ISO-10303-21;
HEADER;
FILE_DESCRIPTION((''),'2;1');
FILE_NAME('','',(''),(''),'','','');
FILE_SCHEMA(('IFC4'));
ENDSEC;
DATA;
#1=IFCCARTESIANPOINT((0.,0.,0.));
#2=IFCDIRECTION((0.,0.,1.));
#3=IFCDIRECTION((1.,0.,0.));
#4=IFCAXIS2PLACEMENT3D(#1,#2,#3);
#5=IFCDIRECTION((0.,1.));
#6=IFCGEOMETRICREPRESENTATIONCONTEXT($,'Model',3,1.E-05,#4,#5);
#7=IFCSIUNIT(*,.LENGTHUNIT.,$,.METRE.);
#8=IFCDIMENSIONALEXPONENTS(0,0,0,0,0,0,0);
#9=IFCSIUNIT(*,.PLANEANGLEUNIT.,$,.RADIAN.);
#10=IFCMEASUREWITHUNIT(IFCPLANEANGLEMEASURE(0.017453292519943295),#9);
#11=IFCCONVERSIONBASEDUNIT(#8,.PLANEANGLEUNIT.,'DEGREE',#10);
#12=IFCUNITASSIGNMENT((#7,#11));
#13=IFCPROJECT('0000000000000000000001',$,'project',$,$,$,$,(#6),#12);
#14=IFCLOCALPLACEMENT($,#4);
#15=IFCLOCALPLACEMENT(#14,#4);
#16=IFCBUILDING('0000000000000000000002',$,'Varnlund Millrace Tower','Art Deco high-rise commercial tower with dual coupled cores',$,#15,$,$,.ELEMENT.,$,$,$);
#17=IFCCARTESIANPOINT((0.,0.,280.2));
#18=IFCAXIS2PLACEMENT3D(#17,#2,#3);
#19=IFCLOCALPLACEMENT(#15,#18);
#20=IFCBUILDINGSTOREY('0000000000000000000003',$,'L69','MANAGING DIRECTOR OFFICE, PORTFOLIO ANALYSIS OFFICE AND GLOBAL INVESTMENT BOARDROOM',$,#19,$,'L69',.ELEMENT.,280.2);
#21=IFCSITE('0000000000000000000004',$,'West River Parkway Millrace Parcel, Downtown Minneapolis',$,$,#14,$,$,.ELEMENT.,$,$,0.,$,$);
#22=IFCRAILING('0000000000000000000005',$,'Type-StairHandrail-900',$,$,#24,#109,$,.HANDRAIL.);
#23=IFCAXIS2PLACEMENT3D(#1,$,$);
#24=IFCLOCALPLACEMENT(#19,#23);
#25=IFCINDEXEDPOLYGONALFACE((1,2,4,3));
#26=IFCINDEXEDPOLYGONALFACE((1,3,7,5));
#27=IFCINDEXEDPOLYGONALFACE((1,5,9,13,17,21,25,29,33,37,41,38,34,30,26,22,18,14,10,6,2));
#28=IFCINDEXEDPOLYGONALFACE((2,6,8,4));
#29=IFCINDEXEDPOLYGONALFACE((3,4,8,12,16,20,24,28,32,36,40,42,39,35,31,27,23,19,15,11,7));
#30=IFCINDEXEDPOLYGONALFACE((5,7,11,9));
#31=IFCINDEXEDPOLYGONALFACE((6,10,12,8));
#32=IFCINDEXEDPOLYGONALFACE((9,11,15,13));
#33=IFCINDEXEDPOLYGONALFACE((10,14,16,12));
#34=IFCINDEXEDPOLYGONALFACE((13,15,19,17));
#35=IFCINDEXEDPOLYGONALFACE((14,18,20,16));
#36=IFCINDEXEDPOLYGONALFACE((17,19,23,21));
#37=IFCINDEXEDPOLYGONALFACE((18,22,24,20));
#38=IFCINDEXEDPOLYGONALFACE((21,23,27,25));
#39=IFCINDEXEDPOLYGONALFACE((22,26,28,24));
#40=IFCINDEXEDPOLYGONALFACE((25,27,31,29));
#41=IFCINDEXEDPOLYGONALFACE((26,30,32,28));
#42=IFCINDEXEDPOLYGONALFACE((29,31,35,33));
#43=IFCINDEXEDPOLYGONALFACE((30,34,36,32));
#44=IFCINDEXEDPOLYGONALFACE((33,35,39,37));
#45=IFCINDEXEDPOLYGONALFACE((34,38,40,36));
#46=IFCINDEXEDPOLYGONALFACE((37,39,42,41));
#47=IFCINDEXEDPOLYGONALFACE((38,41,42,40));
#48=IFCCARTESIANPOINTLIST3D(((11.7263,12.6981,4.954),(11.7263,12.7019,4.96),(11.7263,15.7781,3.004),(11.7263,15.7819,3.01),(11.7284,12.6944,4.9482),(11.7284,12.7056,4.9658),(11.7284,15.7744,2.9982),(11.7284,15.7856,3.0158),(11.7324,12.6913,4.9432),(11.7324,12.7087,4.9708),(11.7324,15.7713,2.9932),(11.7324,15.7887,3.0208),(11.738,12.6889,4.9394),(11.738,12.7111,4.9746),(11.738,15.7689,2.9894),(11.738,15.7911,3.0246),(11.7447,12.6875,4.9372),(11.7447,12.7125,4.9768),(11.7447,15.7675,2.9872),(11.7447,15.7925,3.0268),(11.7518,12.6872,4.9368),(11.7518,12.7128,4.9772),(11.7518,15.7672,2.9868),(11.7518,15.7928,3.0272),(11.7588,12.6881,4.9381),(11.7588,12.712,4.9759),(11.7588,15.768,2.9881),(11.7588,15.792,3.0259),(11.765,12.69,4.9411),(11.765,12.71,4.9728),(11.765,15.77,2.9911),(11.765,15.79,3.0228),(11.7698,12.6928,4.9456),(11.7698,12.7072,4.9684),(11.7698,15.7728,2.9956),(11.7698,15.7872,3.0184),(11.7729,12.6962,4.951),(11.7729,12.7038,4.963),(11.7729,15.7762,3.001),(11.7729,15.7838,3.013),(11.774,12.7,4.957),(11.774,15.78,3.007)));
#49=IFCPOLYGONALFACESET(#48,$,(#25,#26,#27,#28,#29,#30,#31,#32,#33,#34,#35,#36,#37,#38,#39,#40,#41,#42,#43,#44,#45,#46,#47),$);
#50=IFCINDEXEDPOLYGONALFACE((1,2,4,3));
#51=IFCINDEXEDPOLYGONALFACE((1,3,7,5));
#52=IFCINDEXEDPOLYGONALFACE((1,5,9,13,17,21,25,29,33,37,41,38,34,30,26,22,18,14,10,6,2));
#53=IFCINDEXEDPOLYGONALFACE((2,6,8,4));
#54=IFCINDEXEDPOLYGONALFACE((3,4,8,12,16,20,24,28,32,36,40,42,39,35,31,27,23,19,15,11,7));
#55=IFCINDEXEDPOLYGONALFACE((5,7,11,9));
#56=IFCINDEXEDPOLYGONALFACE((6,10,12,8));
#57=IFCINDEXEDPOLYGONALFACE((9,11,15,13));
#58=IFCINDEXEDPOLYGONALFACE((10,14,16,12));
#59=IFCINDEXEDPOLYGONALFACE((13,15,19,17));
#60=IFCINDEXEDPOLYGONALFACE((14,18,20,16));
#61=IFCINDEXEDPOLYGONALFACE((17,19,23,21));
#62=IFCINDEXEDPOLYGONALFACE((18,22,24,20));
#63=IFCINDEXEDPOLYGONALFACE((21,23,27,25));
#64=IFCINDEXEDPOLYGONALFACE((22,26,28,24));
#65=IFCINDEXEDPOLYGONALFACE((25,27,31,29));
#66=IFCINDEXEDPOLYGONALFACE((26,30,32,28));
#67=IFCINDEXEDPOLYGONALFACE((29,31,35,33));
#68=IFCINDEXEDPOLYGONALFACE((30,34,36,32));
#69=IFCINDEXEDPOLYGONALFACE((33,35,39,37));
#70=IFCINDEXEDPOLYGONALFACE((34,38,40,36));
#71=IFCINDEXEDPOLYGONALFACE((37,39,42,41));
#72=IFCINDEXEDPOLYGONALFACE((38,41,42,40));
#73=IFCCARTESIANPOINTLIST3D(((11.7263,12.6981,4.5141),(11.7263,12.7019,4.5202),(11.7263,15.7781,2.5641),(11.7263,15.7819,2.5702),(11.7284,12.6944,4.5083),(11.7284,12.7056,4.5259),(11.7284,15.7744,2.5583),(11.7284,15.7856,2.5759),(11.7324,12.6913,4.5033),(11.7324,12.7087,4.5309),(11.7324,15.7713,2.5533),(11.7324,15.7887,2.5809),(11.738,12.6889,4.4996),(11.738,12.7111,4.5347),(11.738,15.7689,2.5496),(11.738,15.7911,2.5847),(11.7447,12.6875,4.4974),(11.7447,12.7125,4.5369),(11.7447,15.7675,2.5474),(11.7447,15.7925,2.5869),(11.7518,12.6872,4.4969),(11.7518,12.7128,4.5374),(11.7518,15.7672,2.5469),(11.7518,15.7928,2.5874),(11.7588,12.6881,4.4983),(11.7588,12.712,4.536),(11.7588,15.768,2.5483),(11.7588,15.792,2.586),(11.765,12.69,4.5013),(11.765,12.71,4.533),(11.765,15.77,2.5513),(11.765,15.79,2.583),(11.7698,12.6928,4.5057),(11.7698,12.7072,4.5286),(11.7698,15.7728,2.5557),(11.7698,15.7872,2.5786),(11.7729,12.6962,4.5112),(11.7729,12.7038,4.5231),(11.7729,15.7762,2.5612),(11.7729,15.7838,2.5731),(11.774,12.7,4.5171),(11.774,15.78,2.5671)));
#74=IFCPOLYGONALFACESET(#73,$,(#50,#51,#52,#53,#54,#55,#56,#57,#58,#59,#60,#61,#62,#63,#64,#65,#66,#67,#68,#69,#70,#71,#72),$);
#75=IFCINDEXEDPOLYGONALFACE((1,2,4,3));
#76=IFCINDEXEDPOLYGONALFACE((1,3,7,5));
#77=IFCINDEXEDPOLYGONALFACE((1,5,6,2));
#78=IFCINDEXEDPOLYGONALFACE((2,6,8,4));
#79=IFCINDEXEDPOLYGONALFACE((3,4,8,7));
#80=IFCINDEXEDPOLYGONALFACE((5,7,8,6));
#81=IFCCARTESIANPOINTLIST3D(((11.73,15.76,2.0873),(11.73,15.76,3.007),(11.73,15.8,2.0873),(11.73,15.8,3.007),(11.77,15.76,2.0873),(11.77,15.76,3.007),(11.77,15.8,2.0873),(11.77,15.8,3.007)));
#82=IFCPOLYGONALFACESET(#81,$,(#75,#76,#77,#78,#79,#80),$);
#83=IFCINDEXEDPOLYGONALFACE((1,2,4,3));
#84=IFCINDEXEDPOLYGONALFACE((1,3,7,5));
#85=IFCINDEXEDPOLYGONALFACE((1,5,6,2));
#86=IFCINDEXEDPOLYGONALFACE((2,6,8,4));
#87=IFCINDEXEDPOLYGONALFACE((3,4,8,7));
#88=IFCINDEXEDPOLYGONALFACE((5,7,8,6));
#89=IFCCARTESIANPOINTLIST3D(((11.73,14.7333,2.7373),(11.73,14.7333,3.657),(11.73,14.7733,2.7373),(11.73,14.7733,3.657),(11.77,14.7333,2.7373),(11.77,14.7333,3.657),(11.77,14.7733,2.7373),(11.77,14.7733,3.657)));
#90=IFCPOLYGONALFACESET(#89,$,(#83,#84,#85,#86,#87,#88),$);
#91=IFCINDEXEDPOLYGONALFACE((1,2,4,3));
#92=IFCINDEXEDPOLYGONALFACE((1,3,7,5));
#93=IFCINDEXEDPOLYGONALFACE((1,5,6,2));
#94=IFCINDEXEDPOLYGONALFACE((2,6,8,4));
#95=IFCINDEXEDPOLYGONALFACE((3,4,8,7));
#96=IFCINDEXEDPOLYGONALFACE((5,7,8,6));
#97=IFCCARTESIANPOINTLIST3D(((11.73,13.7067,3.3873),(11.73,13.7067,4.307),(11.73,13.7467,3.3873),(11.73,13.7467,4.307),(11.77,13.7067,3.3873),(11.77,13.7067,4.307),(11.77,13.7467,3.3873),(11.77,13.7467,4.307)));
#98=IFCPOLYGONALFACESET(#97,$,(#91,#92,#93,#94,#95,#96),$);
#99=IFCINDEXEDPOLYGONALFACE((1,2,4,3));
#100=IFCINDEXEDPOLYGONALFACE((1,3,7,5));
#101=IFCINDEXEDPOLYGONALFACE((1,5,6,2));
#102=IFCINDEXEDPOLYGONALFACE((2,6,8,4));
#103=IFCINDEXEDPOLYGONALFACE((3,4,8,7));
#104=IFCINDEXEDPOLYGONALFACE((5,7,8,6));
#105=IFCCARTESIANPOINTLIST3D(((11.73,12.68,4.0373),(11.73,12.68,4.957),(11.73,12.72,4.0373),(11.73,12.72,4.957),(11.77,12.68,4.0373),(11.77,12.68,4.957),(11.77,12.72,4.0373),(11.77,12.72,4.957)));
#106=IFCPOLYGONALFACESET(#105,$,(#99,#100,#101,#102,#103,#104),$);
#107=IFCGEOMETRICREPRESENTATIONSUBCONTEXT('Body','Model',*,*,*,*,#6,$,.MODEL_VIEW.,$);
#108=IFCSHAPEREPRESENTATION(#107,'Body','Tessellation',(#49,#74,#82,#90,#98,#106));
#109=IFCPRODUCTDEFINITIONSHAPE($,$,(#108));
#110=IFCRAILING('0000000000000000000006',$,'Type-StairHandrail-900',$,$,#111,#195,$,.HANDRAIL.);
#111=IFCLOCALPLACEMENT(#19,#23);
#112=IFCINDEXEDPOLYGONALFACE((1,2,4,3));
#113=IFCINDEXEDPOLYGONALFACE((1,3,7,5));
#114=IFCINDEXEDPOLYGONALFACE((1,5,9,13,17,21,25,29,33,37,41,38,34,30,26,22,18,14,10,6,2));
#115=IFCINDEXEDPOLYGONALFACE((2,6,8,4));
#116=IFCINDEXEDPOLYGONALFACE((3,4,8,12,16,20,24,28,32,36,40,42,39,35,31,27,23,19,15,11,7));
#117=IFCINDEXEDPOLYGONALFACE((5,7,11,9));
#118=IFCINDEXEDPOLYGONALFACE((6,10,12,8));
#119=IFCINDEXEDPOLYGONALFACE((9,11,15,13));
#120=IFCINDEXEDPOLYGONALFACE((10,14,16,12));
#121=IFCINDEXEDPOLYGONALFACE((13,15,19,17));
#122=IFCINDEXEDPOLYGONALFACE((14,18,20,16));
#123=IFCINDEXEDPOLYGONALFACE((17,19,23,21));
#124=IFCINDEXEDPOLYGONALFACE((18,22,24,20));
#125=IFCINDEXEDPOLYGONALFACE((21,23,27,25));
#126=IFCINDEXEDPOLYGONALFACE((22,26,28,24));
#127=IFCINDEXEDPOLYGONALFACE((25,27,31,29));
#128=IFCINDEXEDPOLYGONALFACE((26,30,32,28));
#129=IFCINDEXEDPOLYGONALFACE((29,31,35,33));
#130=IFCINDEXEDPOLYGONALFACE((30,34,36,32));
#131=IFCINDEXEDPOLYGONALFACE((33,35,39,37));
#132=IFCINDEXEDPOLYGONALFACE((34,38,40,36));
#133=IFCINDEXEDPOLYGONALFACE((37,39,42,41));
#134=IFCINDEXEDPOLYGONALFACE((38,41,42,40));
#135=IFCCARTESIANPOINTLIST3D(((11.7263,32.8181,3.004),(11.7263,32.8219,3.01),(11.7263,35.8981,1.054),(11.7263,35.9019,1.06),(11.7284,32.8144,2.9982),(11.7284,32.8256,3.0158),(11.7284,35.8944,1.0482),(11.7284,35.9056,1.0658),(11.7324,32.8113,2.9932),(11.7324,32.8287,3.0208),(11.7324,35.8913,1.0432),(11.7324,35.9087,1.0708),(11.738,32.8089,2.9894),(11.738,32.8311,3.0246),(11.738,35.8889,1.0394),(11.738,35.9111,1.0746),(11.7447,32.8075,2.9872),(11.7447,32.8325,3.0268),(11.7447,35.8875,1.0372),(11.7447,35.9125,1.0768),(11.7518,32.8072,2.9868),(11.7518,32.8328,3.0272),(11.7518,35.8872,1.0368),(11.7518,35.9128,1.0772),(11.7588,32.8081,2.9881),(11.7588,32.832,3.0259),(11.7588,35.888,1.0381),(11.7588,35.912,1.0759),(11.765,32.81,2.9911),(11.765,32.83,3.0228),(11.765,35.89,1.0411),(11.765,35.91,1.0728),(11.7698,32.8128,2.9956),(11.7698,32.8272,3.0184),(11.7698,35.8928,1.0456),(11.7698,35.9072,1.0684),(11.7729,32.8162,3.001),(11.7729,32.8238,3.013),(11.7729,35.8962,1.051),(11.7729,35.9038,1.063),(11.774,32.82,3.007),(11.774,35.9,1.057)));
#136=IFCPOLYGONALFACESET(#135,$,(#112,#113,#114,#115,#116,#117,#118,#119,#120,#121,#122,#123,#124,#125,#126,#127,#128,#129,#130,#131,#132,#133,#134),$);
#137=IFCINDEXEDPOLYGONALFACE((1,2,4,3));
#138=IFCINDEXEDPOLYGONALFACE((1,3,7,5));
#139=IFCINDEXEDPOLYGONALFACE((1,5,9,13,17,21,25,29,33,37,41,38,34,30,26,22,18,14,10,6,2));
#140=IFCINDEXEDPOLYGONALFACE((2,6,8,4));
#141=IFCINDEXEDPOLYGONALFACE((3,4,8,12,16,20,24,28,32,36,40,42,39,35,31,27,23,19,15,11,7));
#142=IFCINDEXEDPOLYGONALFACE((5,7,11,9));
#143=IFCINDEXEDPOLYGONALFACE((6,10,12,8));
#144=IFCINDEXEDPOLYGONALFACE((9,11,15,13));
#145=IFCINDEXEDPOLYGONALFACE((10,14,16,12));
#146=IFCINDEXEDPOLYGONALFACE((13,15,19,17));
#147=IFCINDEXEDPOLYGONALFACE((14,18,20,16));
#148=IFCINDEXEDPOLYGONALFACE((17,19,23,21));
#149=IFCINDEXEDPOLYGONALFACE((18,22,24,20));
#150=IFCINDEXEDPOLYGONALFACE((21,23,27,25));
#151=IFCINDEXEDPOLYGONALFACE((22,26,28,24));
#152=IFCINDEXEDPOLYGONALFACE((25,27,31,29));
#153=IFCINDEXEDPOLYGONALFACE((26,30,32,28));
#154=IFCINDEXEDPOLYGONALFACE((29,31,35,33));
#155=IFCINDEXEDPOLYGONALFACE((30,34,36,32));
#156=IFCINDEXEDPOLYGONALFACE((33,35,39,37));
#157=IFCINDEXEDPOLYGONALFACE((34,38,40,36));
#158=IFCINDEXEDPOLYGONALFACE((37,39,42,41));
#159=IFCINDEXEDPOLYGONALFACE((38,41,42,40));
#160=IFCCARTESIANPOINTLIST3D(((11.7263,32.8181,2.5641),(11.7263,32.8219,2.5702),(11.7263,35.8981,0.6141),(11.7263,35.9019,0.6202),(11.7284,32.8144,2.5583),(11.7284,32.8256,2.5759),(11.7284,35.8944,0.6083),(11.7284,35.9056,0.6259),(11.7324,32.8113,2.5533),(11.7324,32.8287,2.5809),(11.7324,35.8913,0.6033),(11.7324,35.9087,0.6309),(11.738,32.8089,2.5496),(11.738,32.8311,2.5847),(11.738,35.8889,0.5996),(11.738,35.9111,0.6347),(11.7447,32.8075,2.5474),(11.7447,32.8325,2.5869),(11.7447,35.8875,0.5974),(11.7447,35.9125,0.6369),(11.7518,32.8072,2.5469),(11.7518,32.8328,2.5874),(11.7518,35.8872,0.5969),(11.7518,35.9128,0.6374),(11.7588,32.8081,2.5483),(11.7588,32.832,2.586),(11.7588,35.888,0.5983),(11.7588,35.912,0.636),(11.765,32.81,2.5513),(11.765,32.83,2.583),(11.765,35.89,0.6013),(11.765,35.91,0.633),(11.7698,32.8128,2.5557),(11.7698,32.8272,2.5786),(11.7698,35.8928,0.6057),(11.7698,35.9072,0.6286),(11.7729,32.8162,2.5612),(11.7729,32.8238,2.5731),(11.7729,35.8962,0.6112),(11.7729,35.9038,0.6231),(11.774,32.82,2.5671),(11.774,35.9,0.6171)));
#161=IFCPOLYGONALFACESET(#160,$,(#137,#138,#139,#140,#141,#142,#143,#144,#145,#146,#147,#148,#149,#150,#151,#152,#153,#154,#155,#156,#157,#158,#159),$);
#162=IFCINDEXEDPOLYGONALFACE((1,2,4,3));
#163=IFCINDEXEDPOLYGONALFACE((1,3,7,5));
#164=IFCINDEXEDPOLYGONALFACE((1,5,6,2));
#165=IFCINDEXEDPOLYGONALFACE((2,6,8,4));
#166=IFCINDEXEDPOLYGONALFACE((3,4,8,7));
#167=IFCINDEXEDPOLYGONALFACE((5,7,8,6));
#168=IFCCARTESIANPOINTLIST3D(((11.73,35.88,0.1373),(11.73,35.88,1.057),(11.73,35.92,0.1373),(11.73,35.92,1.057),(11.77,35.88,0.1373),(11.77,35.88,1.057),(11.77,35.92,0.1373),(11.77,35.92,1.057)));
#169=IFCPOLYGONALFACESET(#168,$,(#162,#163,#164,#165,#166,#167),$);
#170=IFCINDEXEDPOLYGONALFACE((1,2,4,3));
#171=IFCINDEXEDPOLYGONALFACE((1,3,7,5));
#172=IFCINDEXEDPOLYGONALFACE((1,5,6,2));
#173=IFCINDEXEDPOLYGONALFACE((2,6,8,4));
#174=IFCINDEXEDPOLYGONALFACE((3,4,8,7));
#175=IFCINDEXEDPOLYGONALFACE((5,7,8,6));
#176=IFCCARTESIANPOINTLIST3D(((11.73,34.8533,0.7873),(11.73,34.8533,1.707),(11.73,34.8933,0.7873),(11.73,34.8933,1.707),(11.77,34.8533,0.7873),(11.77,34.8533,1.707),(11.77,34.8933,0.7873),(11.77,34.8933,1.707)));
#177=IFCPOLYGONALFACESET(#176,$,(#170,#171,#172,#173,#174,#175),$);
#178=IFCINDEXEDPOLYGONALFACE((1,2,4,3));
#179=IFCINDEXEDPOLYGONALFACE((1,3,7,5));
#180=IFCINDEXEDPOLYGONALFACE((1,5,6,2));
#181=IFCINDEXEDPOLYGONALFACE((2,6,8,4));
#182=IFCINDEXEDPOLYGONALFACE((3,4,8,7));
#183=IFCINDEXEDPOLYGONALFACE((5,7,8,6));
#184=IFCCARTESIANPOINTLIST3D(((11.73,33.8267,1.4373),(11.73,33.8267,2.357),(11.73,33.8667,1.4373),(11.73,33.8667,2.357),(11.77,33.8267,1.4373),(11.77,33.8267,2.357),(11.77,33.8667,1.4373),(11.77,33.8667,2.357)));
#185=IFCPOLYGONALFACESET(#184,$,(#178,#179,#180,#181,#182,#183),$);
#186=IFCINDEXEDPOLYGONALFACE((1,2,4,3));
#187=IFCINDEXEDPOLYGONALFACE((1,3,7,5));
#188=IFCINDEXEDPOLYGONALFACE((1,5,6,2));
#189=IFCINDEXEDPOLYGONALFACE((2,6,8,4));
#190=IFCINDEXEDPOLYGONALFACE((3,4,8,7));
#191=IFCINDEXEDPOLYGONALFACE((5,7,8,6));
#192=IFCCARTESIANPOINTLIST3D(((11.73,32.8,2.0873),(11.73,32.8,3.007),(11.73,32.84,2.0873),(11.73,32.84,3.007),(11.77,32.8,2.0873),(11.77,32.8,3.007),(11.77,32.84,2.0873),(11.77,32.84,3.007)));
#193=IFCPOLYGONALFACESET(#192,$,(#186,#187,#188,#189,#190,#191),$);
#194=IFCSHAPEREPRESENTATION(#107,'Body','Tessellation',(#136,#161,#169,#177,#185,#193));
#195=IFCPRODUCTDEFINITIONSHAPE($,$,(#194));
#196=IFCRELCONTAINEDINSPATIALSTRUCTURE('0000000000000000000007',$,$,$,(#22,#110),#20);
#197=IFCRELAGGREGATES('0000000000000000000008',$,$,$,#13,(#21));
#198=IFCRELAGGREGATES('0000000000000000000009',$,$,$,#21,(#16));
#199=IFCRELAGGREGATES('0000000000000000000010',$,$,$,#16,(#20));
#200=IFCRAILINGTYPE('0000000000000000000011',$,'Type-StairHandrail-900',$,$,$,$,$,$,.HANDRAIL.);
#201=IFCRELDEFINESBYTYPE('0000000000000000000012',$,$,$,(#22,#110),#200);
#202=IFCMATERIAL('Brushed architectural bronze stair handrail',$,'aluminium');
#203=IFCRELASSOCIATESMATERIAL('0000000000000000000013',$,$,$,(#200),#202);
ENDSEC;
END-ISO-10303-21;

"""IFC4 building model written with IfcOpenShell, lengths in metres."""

from ifc_helpers import new_model, entity, si_unit, converted_unit, direction, frame, origin_with_axes, origin_2d_with_axis, place, context, subcontext, project, spatial, rectangle, circle, extrude, material, type_object, element, save


model = new_model("IFC4")

# Units and contexts
model_context = context("Model", 3, precision=1e-05, world=origin_with_axes(), true_north=direction((0.0, 1.0)))
body_context = subcontext(model_context, "Body", "Model", "MODEL_VIEW")
ifc_project = project(units=[si_unit("LENGTHUNIT", "METRE"), converted_unit("PLANEANGLEUNIT", "DEGREE", entity("IfcPlaneAngleMeasure", 0.017453292519943295), si_unit("PLANEANGLEUNIT", "RADIAN"), dimensions=[0, 0, 0, 0, 0, 0, 0])], contexts=[model_context])

# Site, building, storey
site_placement = place(None, origin_with_axes())
site = spatial("IfcSite", under=ifc_project, at=site_placement, Name="West River Parkway Millrace Parcel, Downtown Minneapolis", CompositionType="ELEMENT", RefElevation=0.0)
building_placement = place(site_placement, origin_with_axes())
building = spatial("IfcBuilding", under=site, at=building_placement, Name="Varnlund Millrace Tower", Description="Art Deco high-rise commercial tower with dual coupled cores", CompositionType="ELEMENT")
storey_placement = place(building_placement, frame((0.0, 0.0, 280.2), z_axis=(0.0, 0.0, 1.0), x_axis=(1.0, 0.0, 0.0)))
storey = spatial("IfcBuildingStorey", under=building, at=storey_placement, Name="L69", Description="MANAGING DIRECTOR OFFICE, PORTFOLIO ANALYSIS OFFICE AND GLOBAL INVESTMENT BOARDROOM", LongName="L69", CompositionType="ELEMENT", Elevation=280.2)

# Railings
ifc_material_1 = material(Name="Brushed architectural bronze stair handrail", Category="aluminium")
railing_type_1 = type_object("IfcRailingType", Name="Type-StairHandrail-900", PredefinedType="HANDRAIL", material=ifc_material_1)
railing_1_placement = place(storey_placement, frame((0.0, 0.0, -280.2), z_axis=(0.0, 0.0, 1.0), x_axis=(1.0, 0.0, 0.0)))
element("IfcRailing", 1, at=railing_1_placement, inside=storey, type_object=railing_type_1, Name="Type-StairHandrail-900", PredefinedType="HANDRAIL", context=body_context, shape_type="SweptSolid", body=[
    extrude(circle(Radius=0.024, at=origin_2d_with_axis()), frame((11.75, 15.78, 283.207), z_axis=(0.0, -0.844902, 0.534922), x_axis=(1.0, 0.0, 0.0)), (0.0, 0.0, 1.0), 3.6454),
    extrude(circle(Radius=0.024, at=origin_2d_with_axis()), frame((11.75, 15.78, 282.7671), z_axis=(0.0, -0.844902, 0.534922), x_axis=(1.0, 0.0, 0.0)), (0.0, 0.0, 1.0), 3.6454),
    extrude(rectangle(XDim=0.04, YDim=0.04, at=origin_2d_with_axis()), frame((11.75, 15.78, 282.2873), z_axis=(0.0, 0.0, 1.0), x_axis=(1.0, 0.0, 0.0)), (0.0, 0.0, 1.0), 0.9197),
    extrude(rectangle(XDim=0.04, YDim=0.04, at=origin_2d_with_axis()), frame((11.75, 14.7533, 282.9373), z_axis=(0.0, 0.0, 1.0), x_axis=(1.0, 0.0, 0.0)), (0.0, 0.0, 1.0), 0.9197),
    extrude(rectangle(XDim=0.04, YDim=0.04, at=origin_2d_with_axis()), frame((11.75, 13.7267, 283.5873), z_axis=(0.0, 0.0, 1.0), x_axis=(1.0, 0.0, 0.0)), (0.0, 0.0, 1.0), 0.9197),
    extrude(rectangle(XDim=0.04, YDim=0.04, at=origin_2d_with_axis()), frame((11.75, 12.7, 284.2373), z_axis=(0.0, 0.0, 1.0), x_axis=(1.0, 0.0, 0.0)), (0.0, 0.0, 1.0), 0.9197),
])
railing_2_placement = place(storey_placement, frame((0.0, 0.0, -280.2), z_axis=(0.0, 0.0, 1.0), x_axis=(1.0, 0.0, 0.0)))
element("IfcRailing", 2, at=railing_2_placement, inside=storey, type_object=railing_type_1, Name="Type-StairHandrail-900", PredefinedType="HANDRAIL", context=body_context, shape_type="SweptSolid", body=[
    extrude(circle(Radius=0.024, at=origin_2d_with_axis()), frame((11.75, 35.9, 281.257), z_axis=(0.0, -0.844902, 0.534922), x_axis=(1.0, 0.0, 0.0)), (0.0, 0.0, 1.0), 3.6454),
    extrude(circle(Radius=0.024, at=origin_2d_with_axis()), frame((11.75, 35.9, 280.8171), z_axis=(0.0, -0.844902, 0.534922), x_axis=(1.0, 0.0, 0.0)), (0.0, 0.0, 1.0), 3.6454),
    extrude(rectangle(XDim=0.04, YDim=0.04, at=origin_2d_with_axis()), frame((11.75, 35.9, 280.3373), z_axis=(0.0, 0.0, 1.0), x_axis=(1.0, 0.0, 0.0)), (0.0, 0.0, 1.0), 0.9197),
    extrude(rectangle(XDim=0.04, YDim=0.04, at=origin_2d_with_axis()), frame((11.75, 34.8733, 280.9873), z_axis=(0.0, 0.0, 1.0), x_axis=(1.0, 0.0, 0.0)), (0.0, 0.0, 1.0), 0.9197),
    extrude(rectangle(XDim=0.04, YDim=0.04, at=origin_2d_with_axis()), frame((11.75, 33.8467, 281.6373), z_axis=(0.0, 0.0, 1.0), x_axis=(1.0, 0.0, 0.0)), (0.0, 0.0, 1.0), 0.9197),
    extrude(rectangle(XDim=0.04, YDim=0.04, at=origin_2d_with_axis()), frame((11.75, 32.82, 282.2873), z_axis=(0.0, 0.0, 1.0), x_axis=(1.0, 0.0, 0.0)), (0.0, 0.0, 1.0), 0.9197),
])

save(model, "model.ifc")
